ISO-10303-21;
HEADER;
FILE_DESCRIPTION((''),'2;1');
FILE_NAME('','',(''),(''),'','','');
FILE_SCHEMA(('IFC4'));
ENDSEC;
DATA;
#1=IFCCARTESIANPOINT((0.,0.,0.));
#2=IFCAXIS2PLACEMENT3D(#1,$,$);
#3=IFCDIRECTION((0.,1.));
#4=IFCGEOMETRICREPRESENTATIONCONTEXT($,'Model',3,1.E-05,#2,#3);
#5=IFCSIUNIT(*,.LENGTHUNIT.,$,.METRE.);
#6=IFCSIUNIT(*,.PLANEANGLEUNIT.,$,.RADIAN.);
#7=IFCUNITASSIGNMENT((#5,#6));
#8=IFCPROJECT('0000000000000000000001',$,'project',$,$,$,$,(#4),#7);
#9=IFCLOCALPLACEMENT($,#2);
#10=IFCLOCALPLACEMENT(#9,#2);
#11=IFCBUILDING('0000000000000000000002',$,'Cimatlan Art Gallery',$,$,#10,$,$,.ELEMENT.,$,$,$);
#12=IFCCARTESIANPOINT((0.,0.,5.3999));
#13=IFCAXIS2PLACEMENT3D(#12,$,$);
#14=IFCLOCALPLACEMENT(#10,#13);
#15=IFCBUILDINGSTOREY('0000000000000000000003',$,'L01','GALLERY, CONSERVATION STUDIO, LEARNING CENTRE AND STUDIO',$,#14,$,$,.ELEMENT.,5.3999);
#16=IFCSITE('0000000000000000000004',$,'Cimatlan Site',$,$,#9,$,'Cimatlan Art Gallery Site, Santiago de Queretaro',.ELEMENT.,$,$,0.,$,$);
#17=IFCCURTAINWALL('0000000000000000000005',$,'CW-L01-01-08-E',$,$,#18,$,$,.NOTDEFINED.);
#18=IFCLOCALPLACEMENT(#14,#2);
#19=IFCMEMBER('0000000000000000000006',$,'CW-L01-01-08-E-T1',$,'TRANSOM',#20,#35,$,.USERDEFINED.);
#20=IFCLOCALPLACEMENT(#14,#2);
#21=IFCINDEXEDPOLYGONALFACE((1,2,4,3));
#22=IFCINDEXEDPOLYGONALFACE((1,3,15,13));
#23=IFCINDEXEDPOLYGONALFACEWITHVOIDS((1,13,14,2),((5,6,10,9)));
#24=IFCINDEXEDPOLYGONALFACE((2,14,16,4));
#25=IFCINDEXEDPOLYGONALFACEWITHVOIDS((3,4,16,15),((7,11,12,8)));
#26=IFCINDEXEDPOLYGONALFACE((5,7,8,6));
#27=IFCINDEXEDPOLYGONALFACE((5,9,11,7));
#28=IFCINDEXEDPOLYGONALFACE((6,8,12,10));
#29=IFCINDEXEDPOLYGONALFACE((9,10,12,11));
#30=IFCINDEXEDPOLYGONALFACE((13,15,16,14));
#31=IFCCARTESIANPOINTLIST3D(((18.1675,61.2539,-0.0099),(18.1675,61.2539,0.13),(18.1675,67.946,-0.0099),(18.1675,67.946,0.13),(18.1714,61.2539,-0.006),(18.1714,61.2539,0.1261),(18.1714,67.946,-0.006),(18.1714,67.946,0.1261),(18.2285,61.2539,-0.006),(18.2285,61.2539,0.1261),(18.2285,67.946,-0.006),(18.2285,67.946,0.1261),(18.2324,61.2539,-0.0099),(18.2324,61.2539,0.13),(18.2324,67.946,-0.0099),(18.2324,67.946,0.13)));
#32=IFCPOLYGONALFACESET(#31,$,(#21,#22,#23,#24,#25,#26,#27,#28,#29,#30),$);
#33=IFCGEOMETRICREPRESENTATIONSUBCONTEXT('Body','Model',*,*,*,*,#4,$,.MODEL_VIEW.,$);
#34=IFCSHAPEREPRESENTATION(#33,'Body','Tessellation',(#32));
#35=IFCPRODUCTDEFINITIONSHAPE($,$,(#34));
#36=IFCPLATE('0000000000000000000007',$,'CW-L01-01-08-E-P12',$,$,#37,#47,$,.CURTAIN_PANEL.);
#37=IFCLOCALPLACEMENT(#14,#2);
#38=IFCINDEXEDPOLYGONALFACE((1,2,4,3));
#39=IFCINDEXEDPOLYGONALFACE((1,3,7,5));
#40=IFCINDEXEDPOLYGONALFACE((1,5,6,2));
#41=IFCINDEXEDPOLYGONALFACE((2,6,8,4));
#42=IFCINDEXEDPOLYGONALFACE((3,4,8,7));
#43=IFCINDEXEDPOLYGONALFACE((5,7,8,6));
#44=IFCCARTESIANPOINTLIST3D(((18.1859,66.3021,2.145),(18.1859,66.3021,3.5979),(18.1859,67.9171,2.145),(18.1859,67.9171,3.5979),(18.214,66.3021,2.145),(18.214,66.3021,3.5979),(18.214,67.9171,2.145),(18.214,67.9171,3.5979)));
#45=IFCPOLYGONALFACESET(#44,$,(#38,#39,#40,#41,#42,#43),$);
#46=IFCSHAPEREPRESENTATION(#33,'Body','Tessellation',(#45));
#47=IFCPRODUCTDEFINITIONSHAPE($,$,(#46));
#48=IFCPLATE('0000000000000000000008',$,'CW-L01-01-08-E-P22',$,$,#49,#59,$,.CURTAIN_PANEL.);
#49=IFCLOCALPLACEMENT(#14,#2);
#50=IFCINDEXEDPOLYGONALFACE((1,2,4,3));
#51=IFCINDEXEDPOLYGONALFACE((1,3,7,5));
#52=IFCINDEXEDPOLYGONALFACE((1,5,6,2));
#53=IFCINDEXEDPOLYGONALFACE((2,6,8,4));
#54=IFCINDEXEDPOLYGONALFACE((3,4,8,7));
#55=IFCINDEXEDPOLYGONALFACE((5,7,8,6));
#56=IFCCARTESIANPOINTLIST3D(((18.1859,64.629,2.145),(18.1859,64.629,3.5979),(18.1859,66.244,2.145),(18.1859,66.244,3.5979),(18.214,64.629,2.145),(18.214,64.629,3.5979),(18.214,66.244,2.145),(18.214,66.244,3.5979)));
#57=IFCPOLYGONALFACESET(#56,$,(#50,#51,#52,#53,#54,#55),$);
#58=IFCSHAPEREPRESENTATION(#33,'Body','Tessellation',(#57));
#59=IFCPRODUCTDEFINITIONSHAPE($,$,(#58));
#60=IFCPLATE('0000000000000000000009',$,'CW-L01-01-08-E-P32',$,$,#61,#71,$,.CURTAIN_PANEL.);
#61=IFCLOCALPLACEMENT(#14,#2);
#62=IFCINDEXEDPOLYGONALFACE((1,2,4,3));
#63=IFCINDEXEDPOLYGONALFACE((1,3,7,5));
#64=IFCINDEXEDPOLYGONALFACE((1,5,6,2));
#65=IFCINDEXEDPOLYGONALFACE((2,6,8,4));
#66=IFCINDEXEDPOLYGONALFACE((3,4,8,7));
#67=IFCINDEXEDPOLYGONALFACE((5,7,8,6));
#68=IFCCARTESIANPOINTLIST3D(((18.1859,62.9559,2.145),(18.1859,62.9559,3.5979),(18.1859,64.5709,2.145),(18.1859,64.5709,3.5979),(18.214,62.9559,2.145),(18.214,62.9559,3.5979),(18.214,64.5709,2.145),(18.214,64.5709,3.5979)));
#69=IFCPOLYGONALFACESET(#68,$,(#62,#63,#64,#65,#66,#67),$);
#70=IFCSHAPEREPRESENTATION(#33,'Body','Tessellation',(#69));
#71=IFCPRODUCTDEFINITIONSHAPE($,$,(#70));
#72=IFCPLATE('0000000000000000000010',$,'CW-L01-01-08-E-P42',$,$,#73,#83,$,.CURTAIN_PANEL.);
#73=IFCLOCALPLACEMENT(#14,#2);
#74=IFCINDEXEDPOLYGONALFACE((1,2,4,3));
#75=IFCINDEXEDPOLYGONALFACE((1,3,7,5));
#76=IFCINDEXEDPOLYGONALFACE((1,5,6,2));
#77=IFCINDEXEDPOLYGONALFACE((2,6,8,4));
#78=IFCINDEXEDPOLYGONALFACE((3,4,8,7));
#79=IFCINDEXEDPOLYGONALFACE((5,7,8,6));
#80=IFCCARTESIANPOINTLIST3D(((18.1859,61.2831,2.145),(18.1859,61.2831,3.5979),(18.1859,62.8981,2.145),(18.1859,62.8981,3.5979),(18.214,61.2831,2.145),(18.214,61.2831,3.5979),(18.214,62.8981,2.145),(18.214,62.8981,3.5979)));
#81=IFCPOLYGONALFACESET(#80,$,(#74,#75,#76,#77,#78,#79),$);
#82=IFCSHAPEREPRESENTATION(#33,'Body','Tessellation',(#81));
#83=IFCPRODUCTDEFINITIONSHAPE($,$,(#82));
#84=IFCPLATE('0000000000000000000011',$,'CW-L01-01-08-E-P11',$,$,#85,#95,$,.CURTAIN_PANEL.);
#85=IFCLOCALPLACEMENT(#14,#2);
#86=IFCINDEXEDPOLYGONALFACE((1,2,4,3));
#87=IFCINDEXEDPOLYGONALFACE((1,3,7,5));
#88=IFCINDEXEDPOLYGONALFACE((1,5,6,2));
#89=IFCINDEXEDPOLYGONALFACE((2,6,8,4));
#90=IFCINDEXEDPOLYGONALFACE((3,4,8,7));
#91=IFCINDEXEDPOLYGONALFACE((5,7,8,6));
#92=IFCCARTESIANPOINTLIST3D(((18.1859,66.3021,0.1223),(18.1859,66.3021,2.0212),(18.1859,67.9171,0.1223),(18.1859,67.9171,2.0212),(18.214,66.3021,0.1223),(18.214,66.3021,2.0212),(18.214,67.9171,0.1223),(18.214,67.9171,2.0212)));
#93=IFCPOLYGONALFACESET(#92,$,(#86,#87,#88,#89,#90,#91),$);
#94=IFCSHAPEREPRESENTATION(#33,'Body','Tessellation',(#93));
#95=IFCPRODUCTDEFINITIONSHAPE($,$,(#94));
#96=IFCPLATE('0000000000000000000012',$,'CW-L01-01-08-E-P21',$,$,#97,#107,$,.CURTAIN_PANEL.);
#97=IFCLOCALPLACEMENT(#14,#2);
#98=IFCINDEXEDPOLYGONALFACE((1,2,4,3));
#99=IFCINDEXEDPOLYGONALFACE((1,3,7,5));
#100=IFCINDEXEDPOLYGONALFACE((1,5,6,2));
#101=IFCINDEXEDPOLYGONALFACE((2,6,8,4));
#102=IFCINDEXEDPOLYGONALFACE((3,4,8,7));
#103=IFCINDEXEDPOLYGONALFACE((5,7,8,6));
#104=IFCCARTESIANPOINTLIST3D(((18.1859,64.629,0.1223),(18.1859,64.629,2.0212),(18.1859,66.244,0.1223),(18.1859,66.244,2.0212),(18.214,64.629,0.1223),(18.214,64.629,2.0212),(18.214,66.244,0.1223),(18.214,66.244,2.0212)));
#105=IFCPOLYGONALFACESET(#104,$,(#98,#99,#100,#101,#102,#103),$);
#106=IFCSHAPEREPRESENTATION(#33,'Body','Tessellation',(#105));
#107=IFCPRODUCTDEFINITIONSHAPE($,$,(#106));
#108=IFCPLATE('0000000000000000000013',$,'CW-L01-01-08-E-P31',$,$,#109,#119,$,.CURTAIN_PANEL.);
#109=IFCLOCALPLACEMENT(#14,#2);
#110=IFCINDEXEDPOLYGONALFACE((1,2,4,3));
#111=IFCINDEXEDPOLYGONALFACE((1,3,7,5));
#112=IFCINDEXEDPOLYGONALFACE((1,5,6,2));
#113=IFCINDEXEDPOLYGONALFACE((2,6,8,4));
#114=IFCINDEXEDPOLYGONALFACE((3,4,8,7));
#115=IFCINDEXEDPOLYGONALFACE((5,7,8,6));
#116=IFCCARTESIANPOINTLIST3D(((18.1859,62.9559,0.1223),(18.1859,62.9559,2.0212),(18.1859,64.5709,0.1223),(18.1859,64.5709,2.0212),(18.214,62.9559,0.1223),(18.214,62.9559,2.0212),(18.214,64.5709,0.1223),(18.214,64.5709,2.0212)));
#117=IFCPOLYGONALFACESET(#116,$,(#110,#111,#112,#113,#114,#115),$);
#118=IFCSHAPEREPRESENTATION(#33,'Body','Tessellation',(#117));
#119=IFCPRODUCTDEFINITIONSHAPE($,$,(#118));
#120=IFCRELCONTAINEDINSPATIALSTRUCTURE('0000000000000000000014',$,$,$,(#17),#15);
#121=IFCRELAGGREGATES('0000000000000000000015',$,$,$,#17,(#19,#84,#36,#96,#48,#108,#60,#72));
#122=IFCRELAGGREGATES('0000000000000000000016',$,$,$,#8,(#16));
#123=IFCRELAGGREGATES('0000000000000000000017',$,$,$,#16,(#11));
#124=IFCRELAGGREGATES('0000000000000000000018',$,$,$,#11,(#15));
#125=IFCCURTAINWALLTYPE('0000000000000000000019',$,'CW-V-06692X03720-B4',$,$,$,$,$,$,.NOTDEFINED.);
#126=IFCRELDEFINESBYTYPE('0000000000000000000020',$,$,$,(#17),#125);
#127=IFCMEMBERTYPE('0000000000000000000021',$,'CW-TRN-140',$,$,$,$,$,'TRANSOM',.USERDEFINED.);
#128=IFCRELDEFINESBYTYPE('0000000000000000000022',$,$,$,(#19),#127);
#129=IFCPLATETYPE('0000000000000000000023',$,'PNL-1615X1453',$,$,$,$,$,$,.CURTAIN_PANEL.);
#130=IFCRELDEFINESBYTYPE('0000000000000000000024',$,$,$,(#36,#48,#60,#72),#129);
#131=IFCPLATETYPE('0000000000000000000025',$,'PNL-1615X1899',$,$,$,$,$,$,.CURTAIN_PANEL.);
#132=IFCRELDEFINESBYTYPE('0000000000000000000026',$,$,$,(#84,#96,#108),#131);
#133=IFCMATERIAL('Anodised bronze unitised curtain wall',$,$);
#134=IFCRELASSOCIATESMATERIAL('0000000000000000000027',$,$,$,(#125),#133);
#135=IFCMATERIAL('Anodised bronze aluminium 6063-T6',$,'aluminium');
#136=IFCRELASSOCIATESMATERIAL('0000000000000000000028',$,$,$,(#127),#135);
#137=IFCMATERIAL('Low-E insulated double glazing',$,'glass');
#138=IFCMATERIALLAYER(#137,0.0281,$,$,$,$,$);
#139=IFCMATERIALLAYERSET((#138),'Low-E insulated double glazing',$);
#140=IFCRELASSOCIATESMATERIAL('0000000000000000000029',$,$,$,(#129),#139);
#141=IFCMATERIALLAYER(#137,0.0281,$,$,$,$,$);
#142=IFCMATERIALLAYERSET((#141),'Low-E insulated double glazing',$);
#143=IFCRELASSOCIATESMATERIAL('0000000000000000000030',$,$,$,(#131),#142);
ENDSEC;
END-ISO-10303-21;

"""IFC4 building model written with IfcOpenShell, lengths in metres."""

from ifc_helpers import new_model, si_unit, direction, frame, origin, origin_2d, place, context, subcontext, project, spatial, rectangle, hollow_rectangle, extrude, material, layer, layer_set, material_profile, profile_set, type_object, element, aggregate, save


model = new_model("IFC4")

# Units and contexts
model_context = context("Model", 3, precision=1e-05, world=origin(), true_north=direction((0.0, 1.0)))
body_context = subcontext(model_context, "Body", "Model", "MODEL_VIEW")
ifc_project = project(units=[si_unit("LENGTHUNIT", "METRE"), si_unit("PLANEANGLEUNIT", "RADIAN")], contexts=[model_context])

# Site, building, storey
site_placement = place(None, origin())
site = spatial("IfcSite", under=ifc_project, at=site_placement, Name="Cimatlan Site", LongName="Cimatlan Art Gallery Site, Santiago de Queretaro", CompositionType="ELEMENT", RefElevation=0.0)
building_placement = place(site_placement, origin())
building = spatial("IfcBuilding", under=site, at=building_placement, Name="Cimatlan Art Gallery", CompositionType="ELEMENT")
storey_placement = place(building_placement, frame((0.0, 0.0, 5.3999)))
storey = spatial("IfcBuildingStorey", under=building, at=storey_placement, Name="L01", Description="GALLERY, CONSERVATION STUDIO, LEARNING CENTRE AND STUDIO", CompositionType="ELEMENT", Elevation=5.3999)

# Curtain wall, member, plates
ifc_material_1 = material(Name="Anodised bronze unitised curtain wall")
curtain_wall_type = type_object("IfcCurtainWallType", Name="CW-V-06692X03720-B4", PredefinedType="NOTDEFINED", material=ifc_material_1)
curtain_wall_placement = place(storey_placement, origin())
curtain_wall = element("IfcCurtainWall", 1, at=curtain_wall_placement, inside=storey, type_object=curtain_wall_type, Name="CW-L01-01-08-E", PredefinedType="NOTDEFINED")
ifc_material_2 = material(Name="Anodised bronze aluminium 6063-T6", Category="aluminium")
ifc_material_profile_1 = material_profile(ifc_material_2, hollow_rectangle(XDim=0.0649, YDim=0.1399, WallThickness=0.0039, at=origin_2d()), Name="ALU65X140X4")
ifc_profile_set_1 = profile_set([ifc_material_profile_1], Name="Anodised bronze aluminium 6063-T6")
member_type_1 = type_object("IfcMemberType", Name="CW-TRN-140", ElementType="TRANSOM", PredefinedType="USERDEFINED", material=ifc_profile_set_1)
member_1_placement = place(storey_placement, frame((18.2, 67.946, 0.0601), z_axis=(0.0, -1.0, 0.0), x_axis=(1.0, 0.0, 0.0)))
member_1 = element("IfcMember", 2, at=member_1_placement, type_object=member_type_1, Name="CW-L01-01-08-E-T1", ObjectType="TRANSOM", PredefinedType="USERDEFINED", context=body_context, shape_type="SweptSolid", body=[
    extrude(hollow_rectangle(XDim=0.0649, YDim=0.1399, WallThickness=0.0039, at=origin_2d()), origin(), (0.0, 0.0, 1.0), 6.6921),
])
ifc_material_3 = material(Name="Low-E insulated double glazing", Category="glass")
ifc_layer_1 = layer(ifc_material_3, 0.0281)
ifc_layer_set_1 = layer_set([ifc_layer_1], Name="Low-E insulated double glazing")
plate_type_1 = type_object("IfcPlateType", Name="PNL-1615X1453", PredefinedType="CURTAIN_PANEL", material=ifc_layer_set_1)
plate_1_placement = place(storey_placement, frame((18.2, 67.1096, 2.145), z_axis=(0.0, 0.0, 1.0), x_axis=(0.0, -1.0, 0.0)))
plate_1 = element("IfcPlate", 3, at=plate_1_placement, type_object=plate_type_1, Name="CW-L01-01-08-E-P12", PredefinedType="CURTAIN_PANEL", context=body_context, shape_type="SweptSolid", body=[
    extrude(rectangle(XDim=1.615, YDim=0.0281, at=origin_2d()), origin(), (0.0, 0.0, 1.0), 1.4529),
])
plate_2_placement = place(storey_placement, frame((18.2, 65.4365, 2.145), z_axis=(0.0, 0.0, 1.0), x_axis=(0.0, -1.0, 0.0)))
plate_2 = element("IfcPlate", 4, at=plate_2_placement, type_object=plate_type_1, Name="CW-L01-01-08-E-P22", PredefinedType="CURTAIN_PANEL", context=body_context, shape_type="SweptSolid", body=[
    extrude(rectangle(XDim=1.615, YDim=0.0281, at=origin_2d()), origin(), (0.0, 0.0, 1.0), 1.4529),
])
plate_3_placement = place(storey_placement, frame((18.2, 63.7634, 2.145), z_axis=(0.0, 0.0, 1.0), x_axis=(0.0, -1.0, 0.0)))
plate_3 = element("IfcPlate", 5, at=plate_3_placement, type_object=plate_type_1, Name="CW-L01-01-08-E-P32", PredefinedType="CURTAIN_PANEL", context=body_context, shape_type="SweptSolid", body=[
    extrude(rectangle(XDim=1.615, YDim=0.0281, at=origin_2d()), origin(), (0.0, 0.0, 1.0), 1.4529),
])
plate_4_placement = place(storey_placement, frame((18.2, 62.0906, 2.145), z_axis=(0.0, 0.0, 1.0), x_axis=(0.0, -1.0, 0.0)))
plate_4 = element("IfcPlate", 6, at=plate_4_placement, type_object=plate_type_1, Name="CW-L01-01-08-E-P42", PredefinedType="CURTAIN_PANEL", context=body_context, shape_type="SweptSolid", body=[
    extrude(rectangle(XDim=1.615, YDim=0.0281, at=origin_2d()), origin(), (0.0, 0.0, 1.0), 1.4529),
])
ifc_layer_2 = layer(ifc_material_3, 0.0281)
ifc_layer_set_2 = layer_set([ifc_layer_2], Name="Low-E insulated double glazing")
plate_type_2 = type_object("IfcPlateType", Name="PNL-1615X1899", PredefinedType="CURTAIN_PANEL", material=ifc_layer_set_2)
plate_5_placement = place(storey_placement, frame((18.2, 67.1096, 0.1223), z_axis=(0.0, 0.0, 1.0), x_axis=(0.0, -1.0, 0.0)))
plate_5 = element("IfcPlate", 7, at=plate_5_placement, type_object=plate_type_2, Name="CW-L01-01-08-E-P11", PredefinedType="CURTAIN_PANEL", context=body_context, shape_type="SweptSolid", body=[
    extrude(rectangle(XDim=1.615, YDim=0.0281, at=origin_2d()), origin(), (0.0, 0.0, 1.0), 1.8989),
])
plate_6_placement = place(storey_placement, frame((18.2, 65.4365, 0.1223), z_axis=(0.0, 0.0, 1.0), x_axis=(0.0, -1.0, 0.0)))
plate_6 = element("IfcPlate", 8, at=plate_6_placement, type_object=plate_type_2, Name="CW-L01-01-08-E-P21", PredefinedType="CURTAIN_PANEL", context=body_context, shape_type="SweptSolid", body=[
    extrude(rectangle(XDim=1.615, YDim=0.0281, at=origin_2d()), origin(), (0.0, 0.0, 1.0), 1.8989),
])
plate_7_placement = place(storey_placement, frame((18.2, 63.7634, 0.1223), z_axis=(0.0, 0.0, 1.0), x_axis=(0.0, -1.0, 0.0)))
plate_7 = element("IfcPlate", 9, at=plate_7_placement, type_object=plate_type_2, Name="CW-L01-01-08-E-P31", PredefinedType="CURTAIN_PANEL", context=body_context, shape_type="SweptSolid", body=[
    extrude(rectangle(XDim=1.615, YDim=0.0281, at=origin_2d()), origin(), (0.0, 0.0, 1.0), 1.8989),
])
aggregate(curtain_wall, [member_1, plate_5, plate_1, plate_6, plate_2, plate_7, plate_3, plate_4])

save(model, "model.ifc")
